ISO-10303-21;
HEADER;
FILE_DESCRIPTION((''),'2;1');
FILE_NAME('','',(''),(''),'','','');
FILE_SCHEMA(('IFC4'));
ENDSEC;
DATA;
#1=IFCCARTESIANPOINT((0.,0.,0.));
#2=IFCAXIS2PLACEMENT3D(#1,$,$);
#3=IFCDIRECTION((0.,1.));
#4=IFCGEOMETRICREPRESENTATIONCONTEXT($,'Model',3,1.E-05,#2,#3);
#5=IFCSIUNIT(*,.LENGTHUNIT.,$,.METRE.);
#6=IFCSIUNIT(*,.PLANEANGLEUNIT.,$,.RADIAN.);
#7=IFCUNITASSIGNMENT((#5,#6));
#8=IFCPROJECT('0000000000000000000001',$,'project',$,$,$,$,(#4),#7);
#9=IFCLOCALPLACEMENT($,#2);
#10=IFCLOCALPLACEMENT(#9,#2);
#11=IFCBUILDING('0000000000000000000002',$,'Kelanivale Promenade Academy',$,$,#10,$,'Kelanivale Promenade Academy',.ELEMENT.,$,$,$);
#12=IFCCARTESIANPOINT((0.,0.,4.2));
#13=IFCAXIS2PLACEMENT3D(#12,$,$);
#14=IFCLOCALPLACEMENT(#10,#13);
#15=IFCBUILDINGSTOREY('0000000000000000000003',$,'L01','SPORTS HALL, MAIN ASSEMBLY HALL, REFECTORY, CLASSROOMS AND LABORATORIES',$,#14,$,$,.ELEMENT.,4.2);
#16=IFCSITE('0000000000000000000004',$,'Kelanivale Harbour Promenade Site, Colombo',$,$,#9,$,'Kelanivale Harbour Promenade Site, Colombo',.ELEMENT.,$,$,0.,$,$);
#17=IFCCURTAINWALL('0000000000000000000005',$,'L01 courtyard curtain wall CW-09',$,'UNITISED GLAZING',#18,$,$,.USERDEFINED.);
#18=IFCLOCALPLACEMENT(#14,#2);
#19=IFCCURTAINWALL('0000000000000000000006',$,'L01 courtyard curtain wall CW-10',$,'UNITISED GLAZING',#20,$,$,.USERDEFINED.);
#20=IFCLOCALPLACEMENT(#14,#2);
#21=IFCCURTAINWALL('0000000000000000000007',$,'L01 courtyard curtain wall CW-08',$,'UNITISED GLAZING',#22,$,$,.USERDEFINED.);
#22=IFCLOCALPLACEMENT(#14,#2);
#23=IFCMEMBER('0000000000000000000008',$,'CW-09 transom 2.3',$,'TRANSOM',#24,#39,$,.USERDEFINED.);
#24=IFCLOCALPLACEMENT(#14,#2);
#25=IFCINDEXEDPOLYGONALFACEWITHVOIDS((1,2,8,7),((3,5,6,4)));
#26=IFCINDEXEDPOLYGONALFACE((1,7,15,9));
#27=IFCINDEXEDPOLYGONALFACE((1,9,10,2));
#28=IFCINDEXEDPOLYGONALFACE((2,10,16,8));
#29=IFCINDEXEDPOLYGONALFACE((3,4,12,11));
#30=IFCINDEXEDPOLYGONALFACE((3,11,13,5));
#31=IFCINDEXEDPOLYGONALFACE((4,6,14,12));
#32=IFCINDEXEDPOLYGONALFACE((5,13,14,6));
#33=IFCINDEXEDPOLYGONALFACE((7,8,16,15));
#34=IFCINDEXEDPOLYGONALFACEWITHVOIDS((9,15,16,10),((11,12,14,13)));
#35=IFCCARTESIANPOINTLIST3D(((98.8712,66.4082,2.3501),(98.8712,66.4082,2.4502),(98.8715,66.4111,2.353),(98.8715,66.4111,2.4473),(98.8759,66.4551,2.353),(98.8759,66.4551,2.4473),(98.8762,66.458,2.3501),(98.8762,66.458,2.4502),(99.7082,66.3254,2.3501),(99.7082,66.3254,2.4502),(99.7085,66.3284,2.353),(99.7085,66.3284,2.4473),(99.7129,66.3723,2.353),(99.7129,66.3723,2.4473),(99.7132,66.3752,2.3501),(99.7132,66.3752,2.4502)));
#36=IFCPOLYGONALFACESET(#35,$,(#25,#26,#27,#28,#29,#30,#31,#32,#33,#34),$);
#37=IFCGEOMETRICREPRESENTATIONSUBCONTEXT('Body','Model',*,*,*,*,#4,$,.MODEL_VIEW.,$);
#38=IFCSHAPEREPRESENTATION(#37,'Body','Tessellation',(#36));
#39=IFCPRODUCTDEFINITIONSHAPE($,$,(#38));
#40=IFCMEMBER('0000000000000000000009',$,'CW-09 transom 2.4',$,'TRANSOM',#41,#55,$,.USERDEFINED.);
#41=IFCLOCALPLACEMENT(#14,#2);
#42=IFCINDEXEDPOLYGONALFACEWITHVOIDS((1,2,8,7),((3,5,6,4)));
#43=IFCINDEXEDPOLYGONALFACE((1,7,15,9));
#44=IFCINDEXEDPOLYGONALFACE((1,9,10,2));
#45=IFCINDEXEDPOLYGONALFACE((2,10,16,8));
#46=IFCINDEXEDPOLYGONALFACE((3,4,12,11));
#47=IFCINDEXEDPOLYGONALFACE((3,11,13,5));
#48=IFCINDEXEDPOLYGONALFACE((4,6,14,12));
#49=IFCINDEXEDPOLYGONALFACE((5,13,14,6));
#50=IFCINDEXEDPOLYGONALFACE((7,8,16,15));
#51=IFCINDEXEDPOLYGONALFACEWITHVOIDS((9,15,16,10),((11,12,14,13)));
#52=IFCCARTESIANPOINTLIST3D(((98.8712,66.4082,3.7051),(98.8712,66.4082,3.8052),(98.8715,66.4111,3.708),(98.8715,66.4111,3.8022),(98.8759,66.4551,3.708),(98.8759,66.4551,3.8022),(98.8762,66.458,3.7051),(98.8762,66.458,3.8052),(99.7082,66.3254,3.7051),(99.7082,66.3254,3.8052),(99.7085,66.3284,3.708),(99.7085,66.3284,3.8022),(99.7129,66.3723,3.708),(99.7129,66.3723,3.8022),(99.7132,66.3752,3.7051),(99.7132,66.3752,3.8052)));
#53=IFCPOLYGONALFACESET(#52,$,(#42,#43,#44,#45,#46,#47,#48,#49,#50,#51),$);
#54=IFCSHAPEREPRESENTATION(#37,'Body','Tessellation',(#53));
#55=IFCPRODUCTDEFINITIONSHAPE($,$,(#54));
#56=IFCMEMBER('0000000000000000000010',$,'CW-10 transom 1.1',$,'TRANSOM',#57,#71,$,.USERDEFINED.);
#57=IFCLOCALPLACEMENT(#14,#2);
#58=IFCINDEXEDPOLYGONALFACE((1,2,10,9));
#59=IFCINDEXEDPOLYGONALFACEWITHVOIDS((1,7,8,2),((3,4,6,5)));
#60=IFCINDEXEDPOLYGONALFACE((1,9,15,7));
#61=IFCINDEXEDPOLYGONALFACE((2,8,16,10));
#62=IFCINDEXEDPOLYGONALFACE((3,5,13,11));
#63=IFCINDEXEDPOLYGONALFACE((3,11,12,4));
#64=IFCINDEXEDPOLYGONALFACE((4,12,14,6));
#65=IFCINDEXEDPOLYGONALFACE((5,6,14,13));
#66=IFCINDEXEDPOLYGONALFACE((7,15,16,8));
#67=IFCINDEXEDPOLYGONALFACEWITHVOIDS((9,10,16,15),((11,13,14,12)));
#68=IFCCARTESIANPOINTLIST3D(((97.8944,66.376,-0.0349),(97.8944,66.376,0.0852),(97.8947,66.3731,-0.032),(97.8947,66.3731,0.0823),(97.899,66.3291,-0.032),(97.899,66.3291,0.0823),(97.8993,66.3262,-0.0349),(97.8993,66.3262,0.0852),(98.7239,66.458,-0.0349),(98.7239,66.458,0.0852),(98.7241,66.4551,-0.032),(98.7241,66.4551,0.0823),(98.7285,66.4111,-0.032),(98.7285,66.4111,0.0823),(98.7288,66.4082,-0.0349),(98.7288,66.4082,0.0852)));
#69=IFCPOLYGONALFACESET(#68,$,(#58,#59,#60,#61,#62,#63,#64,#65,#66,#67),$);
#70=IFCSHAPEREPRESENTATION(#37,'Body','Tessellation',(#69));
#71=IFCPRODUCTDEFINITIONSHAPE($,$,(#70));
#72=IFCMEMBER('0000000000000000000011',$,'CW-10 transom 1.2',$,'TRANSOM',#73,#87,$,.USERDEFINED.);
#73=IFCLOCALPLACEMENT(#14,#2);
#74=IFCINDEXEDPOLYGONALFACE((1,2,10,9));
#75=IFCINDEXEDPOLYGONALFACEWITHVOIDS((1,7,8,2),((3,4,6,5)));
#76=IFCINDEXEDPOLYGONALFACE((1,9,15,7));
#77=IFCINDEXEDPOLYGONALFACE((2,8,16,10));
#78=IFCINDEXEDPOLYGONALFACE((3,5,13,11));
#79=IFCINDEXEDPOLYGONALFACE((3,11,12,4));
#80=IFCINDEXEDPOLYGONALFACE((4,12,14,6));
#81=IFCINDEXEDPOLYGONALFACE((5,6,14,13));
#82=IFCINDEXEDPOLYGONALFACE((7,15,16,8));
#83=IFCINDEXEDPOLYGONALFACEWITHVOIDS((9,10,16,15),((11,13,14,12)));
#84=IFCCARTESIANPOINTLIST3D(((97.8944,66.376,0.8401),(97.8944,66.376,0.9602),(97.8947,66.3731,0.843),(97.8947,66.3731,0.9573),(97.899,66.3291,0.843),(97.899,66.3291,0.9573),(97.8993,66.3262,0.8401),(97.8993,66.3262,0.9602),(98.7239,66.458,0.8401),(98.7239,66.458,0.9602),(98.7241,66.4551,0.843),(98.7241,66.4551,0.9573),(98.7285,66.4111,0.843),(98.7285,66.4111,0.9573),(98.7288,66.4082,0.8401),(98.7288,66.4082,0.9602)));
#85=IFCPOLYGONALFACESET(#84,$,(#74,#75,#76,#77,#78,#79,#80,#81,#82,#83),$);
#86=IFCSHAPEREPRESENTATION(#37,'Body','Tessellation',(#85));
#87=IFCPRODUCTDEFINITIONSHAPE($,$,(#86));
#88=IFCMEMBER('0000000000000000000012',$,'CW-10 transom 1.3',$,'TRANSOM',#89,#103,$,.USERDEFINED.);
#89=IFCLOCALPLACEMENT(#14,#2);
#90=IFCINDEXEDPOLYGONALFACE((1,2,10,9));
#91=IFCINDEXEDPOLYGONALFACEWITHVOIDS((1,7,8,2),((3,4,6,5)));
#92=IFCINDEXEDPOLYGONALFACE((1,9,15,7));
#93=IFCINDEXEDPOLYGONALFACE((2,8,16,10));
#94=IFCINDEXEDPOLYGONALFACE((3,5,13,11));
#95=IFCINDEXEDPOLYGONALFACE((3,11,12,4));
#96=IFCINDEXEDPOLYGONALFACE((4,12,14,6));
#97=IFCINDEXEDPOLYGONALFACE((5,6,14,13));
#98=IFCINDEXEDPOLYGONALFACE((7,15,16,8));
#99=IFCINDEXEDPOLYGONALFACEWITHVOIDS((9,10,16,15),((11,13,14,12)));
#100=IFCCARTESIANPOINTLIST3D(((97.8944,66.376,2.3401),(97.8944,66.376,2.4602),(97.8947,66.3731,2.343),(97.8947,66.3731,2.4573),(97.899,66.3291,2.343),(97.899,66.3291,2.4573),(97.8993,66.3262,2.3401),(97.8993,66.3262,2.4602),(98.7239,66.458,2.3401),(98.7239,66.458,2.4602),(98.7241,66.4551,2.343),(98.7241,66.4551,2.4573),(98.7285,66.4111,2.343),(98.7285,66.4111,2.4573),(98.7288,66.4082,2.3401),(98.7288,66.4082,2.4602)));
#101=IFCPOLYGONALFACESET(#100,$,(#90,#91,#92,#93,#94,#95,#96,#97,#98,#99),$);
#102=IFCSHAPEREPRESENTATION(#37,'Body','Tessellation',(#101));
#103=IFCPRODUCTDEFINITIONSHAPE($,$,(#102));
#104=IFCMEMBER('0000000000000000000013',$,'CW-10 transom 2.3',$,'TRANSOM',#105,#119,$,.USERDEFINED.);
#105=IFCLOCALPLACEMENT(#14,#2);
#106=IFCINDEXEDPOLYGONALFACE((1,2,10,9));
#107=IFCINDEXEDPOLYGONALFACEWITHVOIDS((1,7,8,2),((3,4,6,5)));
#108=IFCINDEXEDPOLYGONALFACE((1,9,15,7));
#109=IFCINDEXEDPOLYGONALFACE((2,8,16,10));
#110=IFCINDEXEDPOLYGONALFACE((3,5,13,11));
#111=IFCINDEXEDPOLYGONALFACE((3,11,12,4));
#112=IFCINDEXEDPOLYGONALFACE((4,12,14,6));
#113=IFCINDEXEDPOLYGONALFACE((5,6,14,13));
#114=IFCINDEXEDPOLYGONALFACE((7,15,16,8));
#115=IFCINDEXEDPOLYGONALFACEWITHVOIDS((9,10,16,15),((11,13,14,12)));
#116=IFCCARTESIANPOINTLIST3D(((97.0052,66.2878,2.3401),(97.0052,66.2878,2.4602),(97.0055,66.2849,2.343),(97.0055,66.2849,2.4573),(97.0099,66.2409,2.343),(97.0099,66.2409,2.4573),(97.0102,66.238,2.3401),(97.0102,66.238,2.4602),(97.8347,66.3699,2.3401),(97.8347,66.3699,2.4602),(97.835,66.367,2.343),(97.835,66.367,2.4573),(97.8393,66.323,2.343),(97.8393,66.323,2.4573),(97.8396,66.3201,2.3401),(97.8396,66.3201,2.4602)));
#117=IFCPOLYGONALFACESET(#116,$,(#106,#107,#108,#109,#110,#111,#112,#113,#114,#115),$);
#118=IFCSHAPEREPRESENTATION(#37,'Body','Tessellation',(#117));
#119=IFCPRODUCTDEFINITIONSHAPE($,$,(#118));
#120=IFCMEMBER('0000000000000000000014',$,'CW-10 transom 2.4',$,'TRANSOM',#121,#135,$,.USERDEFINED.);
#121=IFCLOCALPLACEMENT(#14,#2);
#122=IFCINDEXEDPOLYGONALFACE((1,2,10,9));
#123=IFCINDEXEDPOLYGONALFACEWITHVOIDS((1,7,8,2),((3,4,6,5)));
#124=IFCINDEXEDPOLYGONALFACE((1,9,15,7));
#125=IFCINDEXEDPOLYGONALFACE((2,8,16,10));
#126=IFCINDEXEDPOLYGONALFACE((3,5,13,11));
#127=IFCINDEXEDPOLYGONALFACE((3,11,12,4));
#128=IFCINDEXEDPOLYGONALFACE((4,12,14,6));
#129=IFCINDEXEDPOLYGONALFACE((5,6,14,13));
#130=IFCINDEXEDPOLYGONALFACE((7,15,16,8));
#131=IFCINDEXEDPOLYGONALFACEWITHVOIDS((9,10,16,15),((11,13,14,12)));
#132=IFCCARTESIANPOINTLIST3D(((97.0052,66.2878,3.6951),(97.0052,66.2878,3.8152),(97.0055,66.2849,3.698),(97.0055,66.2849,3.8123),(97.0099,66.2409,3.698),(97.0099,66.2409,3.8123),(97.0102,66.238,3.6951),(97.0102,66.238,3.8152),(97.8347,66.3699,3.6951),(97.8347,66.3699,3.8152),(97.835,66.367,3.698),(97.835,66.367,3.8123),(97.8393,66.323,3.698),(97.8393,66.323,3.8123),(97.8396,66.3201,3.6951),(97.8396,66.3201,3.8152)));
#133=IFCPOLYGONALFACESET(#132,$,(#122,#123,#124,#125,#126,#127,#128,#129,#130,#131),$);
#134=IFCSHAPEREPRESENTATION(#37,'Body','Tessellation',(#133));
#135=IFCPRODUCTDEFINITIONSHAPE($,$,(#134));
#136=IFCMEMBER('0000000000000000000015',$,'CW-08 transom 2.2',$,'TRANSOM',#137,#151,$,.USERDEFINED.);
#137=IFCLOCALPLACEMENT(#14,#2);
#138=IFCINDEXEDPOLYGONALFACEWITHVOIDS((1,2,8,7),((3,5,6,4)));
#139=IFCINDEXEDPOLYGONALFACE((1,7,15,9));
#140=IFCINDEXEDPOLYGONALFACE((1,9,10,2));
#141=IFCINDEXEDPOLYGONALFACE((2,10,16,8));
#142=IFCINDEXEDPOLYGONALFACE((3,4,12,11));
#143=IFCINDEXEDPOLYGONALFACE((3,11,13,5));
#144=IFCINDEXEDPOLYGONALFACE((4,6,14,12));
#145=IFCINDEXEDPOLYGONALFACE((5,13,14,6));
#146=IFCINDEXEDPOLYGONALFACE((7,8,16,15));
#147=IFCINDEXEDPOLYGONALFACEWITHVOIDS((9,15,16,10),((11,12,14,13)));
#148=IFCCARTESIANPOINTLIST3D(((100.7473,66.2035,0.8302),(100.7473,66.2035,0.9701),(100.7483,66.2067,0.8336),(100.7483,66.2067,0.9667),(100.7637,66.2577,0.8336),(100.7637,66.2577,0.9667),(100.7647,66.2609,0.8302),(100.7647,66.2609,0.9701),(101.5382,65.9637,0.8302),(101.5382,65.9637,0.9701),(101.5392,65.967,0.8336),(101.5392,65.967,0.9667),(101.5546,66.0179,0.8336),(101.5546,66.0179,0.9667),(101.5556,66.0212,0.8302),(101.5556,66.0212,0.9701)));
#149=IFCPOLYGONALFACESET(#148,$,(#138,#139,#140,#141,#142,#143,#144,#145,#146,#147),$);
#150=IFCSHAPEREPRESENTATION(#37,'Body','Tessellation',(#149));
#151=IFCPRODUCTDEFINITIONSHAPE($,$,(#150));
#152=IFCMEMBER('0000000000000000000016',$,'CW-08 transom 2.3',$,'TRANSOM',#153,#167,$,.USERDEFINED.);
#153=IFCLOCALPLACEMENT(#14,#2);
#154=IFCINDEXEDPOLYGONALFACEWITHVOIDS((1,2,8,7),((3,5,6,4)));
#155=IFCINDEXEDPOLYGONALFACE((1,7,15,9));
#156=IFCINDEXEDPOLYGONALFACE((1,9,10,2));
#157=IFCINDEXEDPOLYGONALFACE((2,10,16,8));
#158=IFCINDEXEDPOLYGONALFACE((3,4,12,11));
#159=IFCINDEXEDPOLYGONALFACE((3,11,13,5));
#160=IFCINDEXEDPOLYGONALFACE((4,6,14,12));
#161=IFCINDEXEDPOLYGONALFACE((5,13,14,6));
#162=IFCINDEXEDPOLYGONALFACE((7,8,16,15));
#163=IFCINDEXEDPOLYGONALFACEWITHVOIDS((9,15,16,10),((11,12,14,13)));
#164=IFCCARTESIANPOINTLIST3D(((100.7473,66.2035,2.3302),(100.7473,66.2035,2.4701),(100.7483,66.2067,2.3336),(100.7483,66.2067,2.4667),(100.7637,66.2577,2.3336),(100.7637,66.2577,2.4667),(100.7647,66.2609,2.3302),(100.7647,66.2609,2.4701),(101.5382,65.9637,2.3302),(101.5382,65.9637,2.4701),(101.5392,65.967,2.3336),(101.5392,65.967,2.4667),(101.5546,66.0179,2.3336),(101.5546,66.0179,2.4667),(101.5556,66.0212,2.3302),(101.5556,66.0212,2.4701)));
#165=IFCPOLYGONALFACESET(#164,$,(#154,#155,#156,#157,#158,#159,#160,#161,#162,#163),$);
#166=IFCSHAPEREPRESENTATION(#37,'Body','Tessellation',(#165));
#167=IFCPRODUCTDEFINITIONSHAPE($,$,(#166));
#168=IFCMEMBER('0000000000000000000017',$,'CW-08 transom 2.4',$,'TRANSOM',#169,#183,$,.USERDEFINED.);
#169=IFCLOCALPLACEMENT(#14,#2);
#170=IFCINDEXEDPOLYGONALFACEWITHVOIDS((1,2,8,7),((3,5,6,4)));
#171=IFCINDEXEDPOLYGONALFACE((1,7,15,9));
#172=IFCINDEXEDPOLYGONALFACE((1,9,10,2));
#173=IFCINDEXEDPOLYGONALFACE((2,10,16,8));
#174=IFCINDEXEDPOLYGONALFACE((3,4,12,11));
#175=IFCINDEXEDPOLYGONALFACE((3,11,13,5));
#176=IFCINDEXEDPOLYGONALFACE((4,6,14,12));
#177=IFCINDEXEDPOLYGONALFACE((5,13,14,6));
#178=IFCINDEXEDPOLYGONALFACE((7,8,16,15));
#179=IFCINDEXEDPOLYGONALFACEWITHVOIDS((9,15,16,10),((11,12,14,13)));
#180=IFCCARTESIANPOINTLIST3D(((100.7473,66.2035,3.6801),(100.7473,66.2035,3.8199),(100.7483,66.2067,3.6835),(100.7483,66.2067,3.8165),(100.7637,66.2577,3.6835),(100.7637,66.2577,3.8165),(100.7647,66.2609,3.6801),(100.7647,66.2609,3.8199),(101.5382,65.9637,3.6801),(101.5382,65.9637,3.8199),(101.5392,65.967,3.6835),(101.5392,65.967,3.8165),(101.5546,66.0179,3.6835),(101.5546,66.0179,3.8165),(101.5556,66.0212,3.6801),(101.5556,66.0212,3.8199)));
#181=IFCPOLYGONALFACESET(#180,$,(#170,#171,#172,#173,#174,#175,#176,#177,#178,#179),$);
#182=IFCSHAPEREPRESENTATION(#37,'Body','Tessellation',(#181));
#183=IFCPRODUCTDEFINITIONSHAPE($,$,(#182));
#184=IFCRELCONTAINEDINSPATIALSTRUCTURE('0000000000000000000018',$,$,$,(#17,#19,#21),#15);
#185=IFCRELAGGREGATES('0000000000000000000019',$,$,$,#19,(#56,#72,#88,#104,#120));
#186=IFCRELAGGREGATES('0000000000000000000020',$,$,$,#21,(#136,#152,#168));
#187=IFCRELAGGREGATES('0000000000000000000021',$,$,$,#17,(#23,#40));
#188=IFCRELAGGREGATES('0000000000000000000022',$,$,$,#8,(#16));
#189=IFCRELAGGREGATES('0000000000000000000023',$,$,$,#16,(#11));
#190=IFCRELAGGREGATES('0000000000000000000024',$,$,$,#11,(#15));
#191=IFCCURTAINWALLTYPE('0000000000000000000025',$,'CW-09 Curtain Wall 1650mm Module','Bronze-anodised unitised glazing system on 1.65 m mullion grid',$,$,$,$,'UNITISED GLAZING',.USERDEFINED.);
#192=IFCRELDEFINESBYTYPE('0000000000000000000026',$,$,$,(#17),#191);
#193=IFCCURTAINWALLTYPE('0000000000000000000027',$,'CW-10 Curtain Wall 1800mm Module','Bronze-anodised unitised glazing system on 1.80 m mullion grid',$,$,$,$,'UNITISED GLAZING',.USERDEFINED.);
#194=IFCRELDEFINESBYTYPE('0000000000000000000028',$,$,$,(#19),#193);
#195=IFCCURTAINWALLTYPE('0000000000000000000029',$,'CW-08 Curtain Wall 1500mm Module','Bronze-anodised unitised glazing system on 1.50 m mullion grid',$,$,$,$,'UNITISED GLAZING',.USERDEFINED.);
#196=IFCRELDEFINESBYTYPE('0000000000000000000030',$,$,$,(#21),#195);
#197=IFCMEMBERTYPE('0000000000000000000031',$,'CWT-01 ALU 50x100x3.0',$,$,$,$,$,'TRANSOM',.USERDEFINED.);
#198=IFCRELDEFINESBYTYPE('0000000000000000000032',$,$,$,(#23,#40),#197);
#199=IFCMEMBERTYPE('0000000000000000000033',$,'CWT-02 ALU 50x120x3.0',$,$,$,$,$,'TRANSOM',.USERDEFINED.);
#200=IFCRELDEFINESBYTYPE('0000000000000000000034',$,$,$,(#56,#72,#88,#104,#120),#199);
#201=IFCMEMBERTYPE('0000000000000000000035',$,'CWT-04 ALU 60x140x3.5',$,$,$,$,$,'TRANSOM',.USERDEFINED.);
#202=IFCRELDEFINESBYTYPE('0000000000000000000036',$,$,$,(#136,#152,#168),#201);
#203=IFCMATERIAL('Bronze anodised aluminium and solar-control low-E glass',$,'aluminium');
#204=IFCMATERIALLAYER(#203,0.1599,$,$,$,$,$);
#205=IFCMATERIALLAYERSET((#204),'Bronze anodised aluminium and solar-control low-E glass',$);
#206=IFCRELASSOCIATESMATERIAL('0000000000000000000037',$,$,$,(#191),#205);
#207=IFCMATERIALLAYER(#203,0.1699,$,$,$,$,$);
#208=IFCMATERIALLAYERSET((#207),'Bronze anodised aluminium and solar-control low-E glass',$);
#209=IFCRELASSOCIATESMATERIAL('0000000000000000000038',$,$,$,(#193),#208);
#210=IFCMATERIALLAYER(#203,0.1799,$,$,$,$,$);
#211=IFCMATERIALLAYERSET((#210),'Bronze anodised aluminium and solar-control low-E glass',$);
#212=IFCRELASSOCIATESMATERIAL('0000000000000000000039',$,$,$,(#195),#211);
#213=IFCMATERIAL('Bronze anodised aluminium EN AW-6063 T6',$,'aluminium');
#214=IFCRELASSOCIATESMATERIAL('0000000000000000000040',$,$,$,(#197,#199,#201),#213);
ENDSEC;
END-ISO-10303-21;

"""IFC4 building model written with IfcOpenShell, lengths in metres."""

from ifc_helpers import new_model, si_unit, direction, frame, origin, origin_2d, place, context, subcontext, project, spatial, hollow_rectangle, extrude, material, layer, layer_set, material_profile, profile_set, type_object, element, aggregate, save


model = new_model("IFC4")

# Units and contexts
model_context = context("Model", 3, precision=1e-05, world=origin(), true_north=direction((0.0, 1.0)))
body_context = subcontext(model_context, "Body", "Model", "MODEL_VIEW")
ifc_project = project(units=[si_unit("LENGTHUNIT", "METRE"), si_unit("PLANEANGLEUNIT", "RADIAN")], contexts=[model_context])

# Site, building, storey
site_placement = place(None, origin())
site = spatial("IfcSite", under=ifc_project, at=site_placement, Name="Kelanivale Harbour Promenade Site, Colombo", LongName="Kelanivale Harbour Promenade Site, Colombo", CompositionType="ELEMENT", RefElevation=0.0)
building_placement = place(site_placement, origin())
building = spatial("IfcBuilding", under=site, at=building_placement, Name="Kelanivale Promenade Academy", LongName="Kelanivale Promenade Academy", CompositionType="ELEMENT")
storey_placement = place(building_placement, frame((0.0, 0.0, 4.2)))
storey = spatial("IfcBuildingStorey", under=building, at=storey_placement, Name="L01", Description="SPORTS HALL, MAIN ASSEMBLY HALL, REFECTORY, CLASSROOMS AND LABORATORIES", CompositionType="ELEMENT", Elevation=4.2)

# Curtain wall
ifc_material_1 = material(Name="Bronze anodised aluminium and solar-control low-E glass", Category="aluminium")
ifc_layer_1 = layer(ifc_material_1, 0.1599)
ifc_layer_set_1 = layer_set([ifc_layer_1], Name="Bronze anodised aluminium and solar-control low-E glass")
curtain_wall_type_1 = type_object("IfcCurtainWallType", Name="CW-09 Curtain Wall 1650mm Module", Description="Bronze-anodised unitised glazing system on 1.65 m mullion grid", ElementType="UNITISED GLAZING", PredefinedType="USERDEFINED", material=ifc_layer_set_1)
curtain_wall_1_placement = place(storey_placement, origin())
curtain_wall_1 = element("IfcCurtainWall", 1, at=curtain_wall_1_placement, inside=storey, type_object=curtain_wall_type_1, Name="L01 courtyard curtain wall CW-09", ObjectType="UNITISED GLAZING", PredefinedType="USERDEFINED")
ifc_material_2 = material(Name="Bronze anodised aluminium EN AW-6063 T6", Category="aluminium")

# Curtain walls
ifc_layer_2 = layer(ifc_material_1, 0.1699)
ifc_layer_set_2 = layer_set([ifc_layer_2], Name="Bronze anodised aluminium and solar-control low-E glass")
curtain_wall_type_2 = type_object("IfcCurtainWallType", Name="CW-10 Curtain Wall 1800mm Module", Description="Bronze-anodised unitised glazing system on 1.80 m mullion grid", ElementType="UNITISED GLAZING", PredefinedType="USERDEFINED", material=ifc_layer_set_2)
curtain_wall_2_placement = place(storey_placement, origin())
curtain_wall_2 = element("IfcCurtainWall", 2, at=curtain_wall_2_placement, inside=storey, type_object=curtain_wall_type_2, Name="L01 courtyard curtain wall CW-10", ObjectType="UNITISED GLAZING", PredefinedType="USERDEFINED")
ifc_layer_3 = layer(ifc_material_1, 0.1799)
ifc_layer_set_3 = layer_set([ifc_layer_3], Name="Bronze anodised aluminium and solar-control low-E glass")
curtain_wall_type_3 = type_object("IfcCurtainWallType", Name="CW-08 Curtain Wall 1500mm Module", Description="Bronze-anodised unitised glazing system on 1.50 m mullion grid", ElementType="UNITISED GLAZING", PredefinedType="USERDEFINED", material=ifc_layer_set_3)
curtain_wall_3_placement = place(storey_placement, origin())
curtain_wall_3 = element("IfcCurtainWall", 3, at=curtain_wall_3_placement, inside=storey, type_object=curtain_wall_type_3, Name="L01 courtyard curtain wall CW-08", ObjectType="UNITISED GLAZING", PredefinedType="USERDEFINED")

# Members
ifc_material_profile_1 = material_profile(ifc_material_2, hollow_rectangle(XDim=0.05, YDim=0.1001, WallThickness=0.0029, at=origin_2d()), Name="ALU 50x100x3.0")
ifc_profile_set_1 = profile_set([ifc_material_profile_1], Name="Bronze anodised aluminium EN AW-6063 T6")
member_type_1 = type_object("IfcMemberType", Name="CWT-01 ALU 50x100x3.0", ElementType="TRANSOM", PredefinedType="USERDEFINED", material=ifc_profile_set_1)
member_1_placement = place(storey_placement, frame((99.7107, 66.3503, 2.4001), z_axis=(-0.995146, 0.098411, 0.0), x_axis=(-0.098411, -0.995146, 0.0)))
member_1 = element("IfcMember", 4, at=member_1_placement, type_object=member_type_1, Name="CW-09 transom 2.3", ObjectType="TRANSOM", PredefinedType="USERDEFINED", context=body_context, shape_type="SweptSolid", body=[
    extrude(hollow_rectangle(XDim=0.05, YDim=0.1001, WallThickness=0.0029, at=origin_2d()), origin(), (0.0, 0.0, 1.0), 0.8411),
])
member_2_placement = place(storey_placement, frame((99.7107, 66.3503, 3.7551), z_axis=(-0.995146, 0.098411, 0.0), x_axis=(-0.098411, -0.995146, 0.0)))
member_2 = element("IfcMember", 5, at=member_2_placement, type_object=member_type_1, Name="CW-09 transom 2.4", ObjectType="TRANSOM", PredefinedType="USERDEFINED", context=body_context, shape_type="SweptSolid", body=[
    extrude(hollow_rectangle(XDim=0.05, YDim=0.1001, WallThickness=0.0029, at=origin_2d()), origin(), (0.0, 0.0, 1.0), 0.8411),
])
ifc_material_profile_2 = material_profile(ifc_material_2, hollow_rectangle(XDim=0.05, YDim=0.1201, WallThickness=0.0029, at=origin_2d()), Name="ALU 50x120x3.0")
ifc_profile_set_2 = profile_set([ifc_material_profile_2], Name="Bronze anodised aluminium EN AW-6063 T6")
member_type_2 = type_object("IfcMemberType", Name="CWT-02 ALU 50x120x3.0", ElementType="TRANSOM", PredefinedType="USERDEFINED", material=ifc_profile_set_2)
member_3_placement = place(storey_placement, frame((98.7263, 66.4331, 0.0251), z_axis=(-0.995144, -0.09843, 0.0), x_axis=(0.09843, -0.995144, 0.0)))
member_3 = element("IfcMember", 6, at=member_3_placement, type_object=member_type_2, Name="CW-10 transom 1.1", ObjectType="TRANSOM", PredefinedType="USERDEFINED", context=body_context, shape_type="SweptSolid", body=[
    extrude(hollow_rectangle(XDim=0.05, YDim=0.1201, WallThickness=0.0029, at=origin_2d()), origin(), (0.0, 0.0, 1.0), 0.8335),
])
member_4_placement = place(storey_placement, frame((98.7263, 66.4331, 0.9001), z_axis=(-0.995144, -0.09843, 0.0), x_axis=(0.09843, -0.995144, 0.0)))
member_4 = element("IfcMember", 7, at=member_4_placement, type_object=member_type_2, Name="CW-10 transom 1.2", ObjectType="TRANSOM", PredefinedType="USERDEFINED", context=body_context, shape_type="SweptSolid", body=[
    extrude(hollow_rectangle(XDim=0.05, YDim=0.1201, WallThickness=0.0029, at=origin_2d()), origin(), (0.0, 0.0, 1.0), 0.8335),
])
member_5_placement = place(storey_placement, frame((98.7263, 66.4331, 2.4001), z_axis=(-0.995144, -0.09843, 0.0), x_axis=(0.09843, -0.995144, 0.0)))
member_5 = element("IfcMember", 8, at=member_5_placement, type_object=member_type_2, Name="CW-10 transom 1.3", ObjectType="TRANSOM", PredefinedType="USERDEFINED", context=body_context, shape_type="SweptSolid", body=[
    extrude(hollow_rectangle(XDim=0.05, YDim=0.1201, WallThickness=0.0029, at=origin_2d()), origin(), (0.0, 0.0, 1.0), 0.8335),
])
member_6_placement = place(storey_placement, frame((97.8372, 66.345, 2.4001), z_axis=(-0.995144, -0.09843, 0.0), x_axis=(0.09843, -0.995144, 0.0)))
member_6 = element("IfcMember", 9, at=member_6_placement, type_object=member_type_2, Name="CW-10 transom 2.3", ObjectType="TRANSOM", PredefinedType="USERDEFINED", context=body_context, shape_type="SweptSolid", body=[
    extrude(hollow_rectangle(XDim=0.05, YDim=0.1201, WallThickness=0.0029, at=origin_2d()), origin(), (0.0, 0.0, 1.0), 0.8335),
])
member_7_placement = place(storey_placement, frame((97.8372, 66.345, 3.7551), z_axis=(-0.995144, -0.09843, 0.0), x_axis=(0.09843, -0.995144, 0.0)))
member_7 = element("IfcMember", 10, at=member_7_placement, type_object=member_type_2, Name="CW-10 transom 2.4", ObjectType="TRANSOM", PredefinedType="USERDEFINED", context=body_context, shape_type="SweptSolid", body=[
    extrude(hollow_rectangle(XDim=0.05, YDim=0.1201, WallThickness=0.0029, at=origin_2d()), origin(), (0.0, 0.0, 1.0), 0.8335),
])
ifc_material_profile_3 = material_profile(ifc_material_2, hollow_rectangle(XDim=0.0601, YDim=0.1399, WallThickness=0.0034, at=origin_2d()), Name="ALU 60x140x3.5")
ifc_profile_set_3 = profile_set([ifc_material_profile_3], Name="Bronze anodised aluminium EN AW-6063 T6")
member_type_3 = type_object("IfcMemberType", Name="CWT-04 ALU 60x140x3.5", ElementType="TRANSOM", PredefinedType="USERDEFINED", material=ifc_profile_set_3)
member_8_placement = place(storey_placement, frame((101.5469, 65.9924, 0.9001), z_axis=(-0.956985, 0.290139, 0.0), x_axis=(-0.290139, -0.956985, 0.0)))
member_8 = element("IfcMember", 11, at=member_8_placement, type_object=member_type_3, Name="CW-08 transom 2.2", ObjectType="TRANSOM", PredefinedType="USERDEFINED", context=body_context, shape_type="SweptSolid", body=[
    extrude(hollow_rectangle(XDim=0.0601, YDim=0.1399, WallThickness=0.0034, at=origin_2d()), origin(), (0.0, 0.0, 1.0), 0.8264),
])
member_9_placement = place(storey_placement, frame((101.5469, 65.9924, 2.4001), z_axis=(-0.956985, 0.290139, 0.0), x_axis=(-0.290139, -0.956985, 0.0)))
member_9 = element("IfcMember", 12, at=member_9_placement, type_object=member_type_3, Name="CW-08 transom 2.3", ObjectType="TRANSOM", PredefinedType="USERDEFINED", context=body_context, shape_type="SweptSolid", body=[
    extrude(hollow_rectangle(XDim=0.0601, YDim=0.1399, WallThickness=0.0034, at=origin_2d()), origin(), (0.0, 0.0, 1.0), 0.8264),
])
member_10_placement = place(storey_placement, frame((101.5469, 65.9924, 3.75), z_axis=(-0.956985, 0.290139, 0.0), x_axis=(-0.290139, -0.956985, 0.0)))
member_10 = element("IfcMember", 13, at=member_10_placement, type_object=member_type_3, Name="CW-08 transom 2.4", ObjectType="TRANSOM", PredefinedType="USERDEFINED", context=body_context, shape_type="SweptSolid", body=[
    extrude(hollow_rectangle(XDim=0.0601, YDim=0.1399, WallThickness=0.0034, at=origin_2d()), origin(), (0.0, 0.0, 1.0), 0.8264),
])

aggregate(curtain_wall_2, [member_3, member_4, member_5, member_6, member_7])
aggregate(curtain_wall_3, [member_8, member_9, member_10])
aggregate(curtain_wall_1, [member_1, member_2])

save(model, "model.ifc")
